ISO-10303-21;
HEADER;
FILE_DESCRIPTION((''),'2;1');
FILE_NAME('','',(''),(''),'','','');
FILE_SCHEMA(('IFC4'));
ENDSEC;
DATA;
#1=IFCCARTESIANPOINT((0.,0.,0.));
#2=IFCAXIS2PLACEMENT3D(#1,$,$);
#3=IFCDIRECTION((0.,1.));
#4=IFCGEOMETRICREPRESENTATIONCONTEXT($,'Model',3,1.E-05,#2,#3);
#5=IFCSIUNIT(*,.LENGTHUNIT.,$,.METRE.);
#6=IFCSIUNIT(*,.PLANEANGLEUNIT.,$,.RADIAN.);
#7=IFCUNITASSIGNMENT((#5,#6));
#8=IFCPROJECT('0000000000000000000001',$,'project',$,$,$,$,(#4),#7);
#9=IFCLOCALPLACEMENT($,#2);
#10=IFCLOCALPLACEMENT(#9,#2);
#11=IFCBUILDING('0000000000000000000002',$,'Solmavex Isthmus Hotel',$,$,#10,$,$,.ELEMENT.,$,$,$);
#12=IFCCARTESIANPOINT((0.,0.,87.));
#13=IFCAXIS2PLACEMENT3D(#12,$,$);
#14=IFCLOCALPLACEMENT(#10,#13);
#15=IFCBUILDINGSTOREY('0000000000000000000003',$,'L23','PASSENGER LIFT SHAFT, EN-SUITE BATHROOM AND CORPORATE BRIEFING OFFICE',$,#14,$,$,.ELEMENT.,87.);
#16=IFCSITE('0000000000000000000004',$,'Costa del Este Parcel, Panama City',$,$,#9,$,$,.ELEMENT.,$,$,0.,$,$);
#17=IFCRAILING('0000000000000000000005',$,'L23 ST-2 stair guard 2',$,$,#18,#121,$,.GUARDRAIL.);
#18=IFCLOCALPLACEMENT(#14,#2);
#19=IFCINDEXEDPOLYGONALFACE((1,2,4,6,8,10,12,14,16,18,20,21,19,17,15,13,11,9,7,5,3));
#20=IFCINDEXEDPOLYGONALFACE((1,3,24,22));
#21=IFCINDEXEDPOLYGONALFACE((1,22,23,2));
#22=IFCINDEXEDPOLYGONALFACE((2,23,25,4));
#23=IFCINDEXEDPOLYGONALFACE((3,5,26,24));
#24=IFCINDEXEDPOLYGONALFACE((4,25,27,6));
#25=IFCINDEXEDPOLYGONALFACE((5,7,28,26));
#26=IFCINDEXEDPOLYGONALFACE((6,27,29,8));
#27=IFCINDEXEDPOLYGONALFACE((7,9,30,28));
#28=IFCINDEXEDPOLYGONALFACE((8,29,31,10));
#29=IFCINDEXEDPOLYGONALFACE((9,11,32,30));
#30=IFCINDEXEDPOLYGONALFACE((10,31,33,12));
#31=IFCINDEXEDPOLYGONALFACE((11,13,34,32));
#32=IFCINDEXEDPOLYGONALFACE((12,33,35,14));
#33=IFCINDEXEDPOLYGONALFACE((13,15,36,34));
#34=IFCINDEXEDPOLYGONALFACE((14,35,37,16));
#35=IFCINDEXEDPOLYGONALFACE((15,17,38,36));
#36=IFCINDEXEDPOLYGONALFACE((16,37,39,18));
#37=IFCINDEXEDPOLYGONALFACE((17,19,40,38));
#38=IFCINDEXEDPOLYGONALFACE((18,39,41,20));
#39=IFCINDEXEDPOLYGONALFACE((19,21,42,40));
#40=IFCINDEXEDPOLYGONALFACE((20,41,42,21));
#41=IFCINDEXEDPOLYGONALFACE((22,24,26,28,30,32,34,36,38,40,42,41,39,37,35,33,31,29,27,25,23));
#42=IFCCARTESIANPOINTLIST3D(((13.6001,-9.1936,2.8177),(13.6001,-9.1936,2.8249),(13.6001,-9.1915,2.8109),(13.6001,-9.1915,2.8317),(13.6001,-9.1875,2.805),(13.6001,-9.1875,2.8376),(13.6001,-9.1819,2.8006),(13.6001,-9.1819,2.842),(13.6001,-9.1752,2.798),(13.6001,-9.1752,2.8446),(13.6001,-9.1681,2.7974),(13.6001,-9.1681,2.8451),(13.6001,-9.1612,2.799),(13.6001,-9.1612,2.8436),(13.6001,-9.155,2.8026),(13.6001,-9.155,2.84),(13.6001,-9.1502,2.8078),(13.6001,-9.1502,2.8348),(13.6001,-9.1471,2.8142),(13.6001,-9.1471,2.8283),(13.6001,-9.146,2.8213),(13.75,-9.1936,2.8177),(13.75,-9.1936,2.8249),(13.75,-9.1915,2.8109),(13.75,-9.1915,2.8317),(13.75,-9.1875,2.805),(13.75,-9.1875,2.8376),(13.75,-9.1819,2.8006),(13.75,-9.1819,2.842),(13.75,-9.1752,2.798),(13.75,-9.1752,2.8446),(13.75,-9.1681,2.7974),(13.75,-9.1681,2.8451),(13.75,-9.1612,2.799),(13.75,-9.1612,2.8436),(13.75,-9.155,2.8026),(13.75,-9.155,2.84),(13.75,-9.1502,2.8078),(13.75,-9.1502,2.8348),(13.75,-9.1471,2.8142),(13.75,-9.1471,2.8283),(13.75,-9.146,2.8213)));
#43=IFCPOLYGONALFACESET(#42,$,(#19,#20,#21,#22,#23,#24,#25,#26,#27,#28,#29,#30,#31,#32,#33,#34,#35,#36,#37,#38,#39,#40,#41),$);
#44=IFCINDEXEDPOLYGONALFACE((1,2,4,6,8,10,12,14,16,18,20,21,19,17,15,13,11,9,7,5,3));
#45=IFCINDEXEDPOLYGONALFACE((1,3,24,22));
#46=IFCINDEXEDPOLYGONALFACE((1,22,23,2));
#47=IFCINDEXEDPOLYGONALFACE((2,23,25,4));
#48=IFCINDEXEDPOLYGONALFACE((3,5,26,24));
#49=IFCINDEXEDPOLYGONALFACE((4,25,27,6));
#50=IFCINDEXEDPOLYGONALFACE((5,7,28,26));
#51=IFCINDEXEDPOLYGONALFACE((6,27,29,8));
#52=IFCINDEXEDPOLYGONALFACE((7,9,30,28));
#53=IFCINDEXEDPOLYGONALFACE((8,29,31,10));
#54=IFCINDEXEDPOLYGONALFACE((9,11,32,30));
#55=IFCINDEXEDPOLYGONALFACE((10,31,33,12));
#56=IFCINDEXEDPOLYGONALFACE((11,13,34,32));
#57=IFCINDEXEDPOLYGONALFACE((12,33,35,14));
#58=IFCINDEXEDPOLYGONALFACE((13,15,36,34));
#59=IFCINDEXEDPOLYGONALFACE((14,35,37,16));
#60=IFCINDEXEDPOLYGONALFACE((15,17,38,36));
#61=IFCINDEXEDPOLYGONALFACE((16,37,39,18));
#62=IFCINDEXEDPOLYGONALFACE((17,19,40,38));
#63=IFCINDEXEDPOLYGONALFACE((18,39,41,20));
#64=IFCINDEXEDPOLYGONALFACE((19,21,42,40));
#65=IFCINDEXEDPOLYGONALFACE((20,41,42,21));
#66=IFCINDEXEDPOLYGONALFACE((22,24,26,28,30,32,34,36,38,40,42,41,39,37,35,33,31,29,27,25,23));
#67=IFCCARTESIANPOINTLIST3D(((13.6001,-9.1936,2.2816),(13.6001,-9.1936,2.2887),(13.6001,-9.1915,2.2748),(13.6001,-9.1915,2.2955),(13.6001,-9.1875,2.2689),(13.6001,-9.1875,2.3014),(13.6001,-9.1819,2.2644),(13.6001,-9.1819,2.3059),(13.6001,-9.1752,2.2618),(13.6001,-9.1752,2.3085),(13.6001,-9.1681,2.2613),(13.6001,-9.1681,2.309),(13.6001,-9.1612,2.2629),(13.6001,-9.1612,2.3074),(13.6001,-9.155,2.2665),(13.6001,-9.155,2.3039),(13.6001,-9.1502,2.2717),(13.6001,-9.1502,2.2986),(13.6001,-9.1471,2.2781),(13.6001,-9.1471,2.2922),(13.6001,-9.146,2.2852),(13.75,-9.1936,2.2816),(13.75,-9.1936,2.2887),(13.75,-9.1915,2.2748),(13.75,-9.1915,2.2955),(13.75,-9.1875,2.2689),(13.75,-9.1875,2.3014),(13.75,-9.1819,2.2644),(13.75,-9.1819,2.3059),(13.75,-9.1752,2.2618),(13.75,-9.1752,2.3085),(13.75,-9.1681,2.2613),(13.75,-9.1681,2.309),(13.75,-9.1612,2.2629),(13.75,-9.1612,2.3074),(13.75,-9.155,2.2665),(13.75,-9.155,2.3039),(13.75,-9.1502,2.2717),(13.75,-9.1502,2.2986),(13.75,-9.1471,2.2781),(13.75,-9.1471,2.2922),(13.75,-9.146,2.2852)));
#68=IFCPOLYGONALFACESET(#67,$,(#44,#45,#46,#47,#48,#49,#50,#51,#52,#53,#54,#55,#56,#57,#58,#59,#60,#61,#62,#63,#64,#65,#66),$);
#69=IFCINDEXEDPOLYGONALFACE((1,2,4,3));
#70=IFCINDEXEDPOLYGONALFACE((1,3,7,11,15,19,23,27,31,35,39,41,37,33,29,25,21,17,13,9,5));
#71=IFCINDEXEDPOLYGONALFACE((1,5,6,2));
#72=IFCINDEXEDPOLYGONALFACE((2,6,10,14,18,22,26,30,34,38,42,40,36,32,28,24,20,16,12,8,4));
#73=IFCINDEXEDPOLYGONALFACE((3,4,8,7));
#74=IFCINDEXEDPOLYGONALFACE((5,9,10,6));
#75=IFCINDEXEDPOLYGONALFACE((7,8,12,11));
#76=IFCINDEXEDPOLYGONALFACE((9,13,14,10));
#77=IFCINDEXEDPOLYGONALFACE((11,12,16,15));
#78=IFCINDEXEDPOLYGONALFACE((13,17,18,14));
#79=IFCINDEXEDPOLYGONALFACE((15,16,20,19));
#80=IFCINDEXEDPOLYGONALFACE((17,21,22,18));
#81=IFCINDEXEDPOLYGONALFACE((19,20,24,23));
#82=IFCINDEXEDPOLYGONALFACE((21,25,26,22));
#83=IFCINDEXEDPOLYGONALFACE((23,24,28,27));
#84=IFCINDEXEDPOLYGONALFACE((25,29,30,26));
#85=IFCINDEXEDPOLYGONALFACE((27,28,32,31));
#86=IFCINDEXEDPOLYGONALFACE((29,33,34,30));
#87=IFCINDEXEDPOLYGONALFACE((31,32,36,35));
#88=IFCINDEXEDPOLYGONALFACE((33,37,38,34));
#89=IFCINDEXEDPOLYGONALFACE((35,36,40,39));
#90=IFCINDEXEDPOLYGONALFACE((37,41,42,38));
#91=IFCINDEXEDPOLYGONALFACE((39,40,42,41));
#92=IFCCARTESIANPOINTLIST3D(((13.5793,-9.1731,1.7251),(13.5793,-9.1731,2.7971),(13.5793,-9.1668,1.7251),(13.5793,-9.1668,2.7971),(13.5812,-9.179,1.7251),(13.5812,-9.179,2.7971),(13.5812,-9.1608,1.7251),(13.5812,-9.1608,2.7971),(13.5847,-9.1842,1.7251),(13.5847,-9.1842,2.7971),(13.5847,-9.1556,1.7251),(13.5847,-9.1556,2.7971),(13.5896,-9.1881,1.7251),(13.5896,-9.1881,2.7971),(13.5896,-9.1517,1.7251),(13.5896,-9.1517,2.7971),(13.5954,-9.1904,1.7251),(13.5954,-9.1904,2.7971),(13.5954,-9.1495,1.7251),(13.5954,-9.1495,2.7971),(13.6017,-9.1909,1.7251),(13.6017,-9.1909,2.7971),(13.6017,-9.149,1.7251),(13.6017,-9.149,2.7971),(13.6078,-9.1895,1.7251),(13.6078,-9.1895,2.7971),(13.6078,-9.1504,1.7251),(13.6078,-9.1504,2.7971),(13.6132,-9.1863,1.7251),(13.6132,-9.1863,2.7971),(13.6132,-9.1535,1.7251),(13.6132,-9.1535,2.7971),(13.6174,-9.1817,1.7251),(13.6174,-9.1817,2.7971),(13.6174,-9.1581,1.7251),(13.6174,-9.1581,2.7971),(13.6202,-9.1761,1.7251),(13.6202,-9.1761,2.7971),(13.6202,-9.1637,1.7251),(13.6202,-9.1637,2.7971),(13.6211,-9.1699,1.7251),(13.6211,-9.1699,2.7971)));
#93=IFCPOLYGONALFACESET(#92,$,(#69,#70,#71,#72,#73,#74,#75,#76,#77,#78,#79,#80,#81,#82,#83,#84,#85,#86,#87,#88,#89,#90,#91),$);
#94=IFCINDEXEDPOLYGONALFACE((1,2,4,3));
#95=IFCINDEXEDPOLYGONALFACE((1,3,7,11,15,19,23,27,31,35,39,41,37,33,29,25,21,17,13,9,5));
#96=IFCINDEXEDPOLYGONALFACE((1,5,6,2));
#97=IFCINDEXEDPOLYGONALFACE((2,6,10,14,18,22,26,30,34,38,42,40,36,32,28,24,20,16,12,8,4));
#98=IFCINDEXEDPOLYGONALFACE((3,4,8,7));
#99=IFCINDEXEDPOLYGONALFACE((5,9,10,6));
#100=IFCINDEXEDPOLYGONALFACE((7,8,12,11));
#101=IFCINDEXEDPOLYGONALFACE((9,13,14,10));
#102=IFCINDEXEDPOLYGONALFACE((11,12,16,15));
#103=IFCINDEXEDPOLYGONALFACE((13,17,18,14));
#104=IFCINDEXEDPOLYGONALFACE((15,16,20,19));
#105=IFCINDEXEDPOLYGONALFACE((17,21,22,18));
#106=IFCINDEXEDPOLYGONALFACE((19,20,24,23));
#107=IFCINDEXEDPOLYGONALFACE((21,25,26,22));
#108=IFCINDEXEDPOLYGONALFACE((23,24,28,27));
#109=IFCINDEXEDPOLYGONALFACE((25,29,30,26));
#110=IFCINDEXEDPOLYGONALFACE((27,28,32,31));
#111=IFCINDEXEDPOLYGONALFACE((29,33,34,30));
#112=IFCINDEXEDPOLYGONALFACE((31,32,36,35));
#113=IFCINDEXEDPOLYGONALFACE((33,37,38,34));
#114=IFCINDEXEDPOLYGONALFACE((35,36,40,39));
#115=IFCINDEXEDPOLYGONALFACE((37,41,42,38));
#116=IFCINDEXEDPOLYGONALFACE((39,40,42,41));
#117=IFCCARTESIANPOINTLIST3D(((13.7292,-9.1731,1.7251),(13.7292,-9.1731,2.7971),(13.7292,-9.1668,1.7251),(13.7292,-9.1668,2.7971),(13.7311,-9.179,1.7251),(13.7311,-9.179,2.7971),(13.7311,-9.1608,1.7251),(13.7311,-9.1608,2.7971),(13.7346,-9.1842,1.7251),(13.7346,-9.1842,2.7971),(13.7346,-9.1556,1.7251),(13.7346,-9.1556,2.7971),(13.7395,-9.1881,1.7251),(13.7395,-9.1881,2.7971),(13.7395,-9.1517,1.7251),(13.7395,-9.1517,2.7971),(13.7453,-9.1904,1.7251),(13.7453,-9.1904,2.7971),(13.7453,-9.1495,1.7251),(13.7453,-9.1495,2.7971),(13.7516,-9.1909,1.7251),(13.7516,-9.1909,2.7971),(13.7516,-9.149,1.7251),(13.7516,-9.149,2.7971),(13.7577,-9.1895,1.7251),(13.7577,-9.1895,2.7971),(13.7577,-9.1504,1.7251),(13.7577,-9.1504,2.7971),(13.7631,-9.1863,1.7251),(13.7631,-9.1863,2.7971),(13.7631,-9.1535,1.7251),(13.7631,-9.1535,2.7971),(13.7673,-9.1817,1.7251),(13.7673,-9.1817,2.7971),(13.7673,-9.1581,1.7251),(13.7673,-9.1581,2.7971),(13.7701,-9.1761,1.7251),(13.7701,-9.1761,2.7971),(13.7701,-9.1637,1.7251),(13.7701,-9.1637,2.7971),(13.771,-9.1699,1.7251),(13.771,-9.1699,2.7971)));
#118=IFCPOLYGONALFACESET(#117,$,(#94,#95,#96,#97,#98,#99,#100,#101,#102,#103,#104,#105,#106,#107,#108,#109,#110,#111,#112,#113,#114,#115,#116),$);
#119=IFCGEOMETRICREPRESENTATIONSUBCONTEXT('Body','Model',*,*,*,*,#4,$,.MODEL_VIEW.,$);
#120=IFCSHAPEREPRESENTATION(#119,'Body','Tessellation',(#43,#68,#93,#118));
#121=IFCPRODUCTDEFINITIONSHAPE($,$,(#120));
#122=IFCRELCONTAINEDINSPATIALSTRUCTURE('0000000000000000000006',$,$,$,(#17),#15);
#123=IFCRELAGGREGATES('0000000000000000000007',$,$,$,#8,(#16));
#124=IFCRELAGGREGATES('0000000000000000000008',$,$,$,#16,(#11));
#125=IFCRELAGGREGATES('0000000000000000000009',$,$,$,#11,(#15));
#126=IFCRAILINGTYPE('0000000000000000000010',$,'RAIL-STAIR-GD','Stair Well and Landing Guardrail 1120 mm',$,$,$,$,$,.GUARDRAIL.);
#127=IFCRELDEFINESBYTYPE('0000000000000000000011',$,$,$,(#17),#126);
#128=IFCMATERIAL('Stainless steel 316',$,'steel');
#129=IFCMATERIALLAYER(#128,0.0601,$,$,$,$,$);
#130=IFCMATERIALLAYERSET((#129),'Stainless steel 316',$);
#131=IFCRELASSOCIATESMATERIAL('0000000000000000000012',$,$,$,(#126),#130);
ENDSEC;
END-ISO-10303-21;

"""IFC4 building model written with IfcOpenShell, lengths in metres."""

from ifc_helpers import new_model, si_unit, direction, frame, origin, origin_2d, place, context, subcontext, project, spatial, circle, extrude, material, layer, layer_set, type_object, element, save


model = new_model("IFC4")

# Units and contexts
model_context = context("Model", 3, precision=1e-05, world=origin(), true_north=direction((0.0, 1.0)))
body_context = subcontext(model_context, "Body", "Model", "MODEL_VIEW")
ifc_project = project(units=[si_unit("LENGTHUNIT", "METRE"), si_unit("PLANEANGLEUNIT", "RADIAN")], contexts=[model_context])

# Site, building, storey
site_placement = place(None, origin())
site = spatial("IfcSite", under=ifc_project, at=site_placement, Name="Costa del Este Parcel, Panama City", CompositionType="ELEMENT", RefElevation=0.0)
building_placement = place(site_placement, origin())
building = spatial("IfcBuilding", under=site, at=building_placement, Name="Solmavex Isthmus Hotel", CompositionType="ELEMENT")
storey_placement = place(building_placement, frame((0.0, 0.0, 87.0)))
storey = spatial("IfcBuildingStorey", under=building, at=storey_placement, Name="L23", Description="PASSENGER LIFT SHAFT, EN-SUITE BATHROOM AND CORPORATE BRIEFING OFFICE", CompositionType="ELEMENT", Elevation=87.0)

# Railing
ifc_material_1 = material(Name="Stainless steel 316", Category="steel")
ifc_layer_1 = layer(ifc_material_1, 0.0601)
ifc_layer_set_1 = layer_set([ifc_layer_1], Name="Stainless steel 316")
railing_type_1 = type_object("IfcRailingType", Name="RAIL-STAIR-GD", Description="Stair Well and Landing Guardrail 1120 mm", PredefinedType="GUARDRAIL", material=ifc_layer_set_1)
railing_1_placement = place(storey_placement, frame((13.6001, -9.1699, 1.7251)))
element("IfcRailing", 1, at=railing_1_placement, inside=storey, type_object=railing_type_1, Name="L23 ST-2 stair guard 2", PredefinedType="GUARDRAIL", context=body_context, shape_type="SweptSolid", body=[
    extrude(circle(Radius=0.0239, at=origin_2d()), frame((0.0, 0.0, 1.0962), z_axis=(1.0, 0.0, 0.0), x_axis=(0.0, 1.0, 0.0)), (0.0, 0.0, 1.0), 0.1499),
    extrude(circle(Radius=0.0239, at=origin_2d()), frame((0.0, 0.0, 0.5601), z_axis=(1.0, 0.0, 0.0), x_axis=(0.0, 1.0, 0.0)), (0.0, 0.0, 1.0), 0.1499),
    extrude(circle(Radius=0.021, at=origin_2d()), origin(), (0.0, 0.0, 1.0), 1.072),
    extrude(circle(Radius=0.021, at=origin_2d()), frame((0.1499, 0.0, 0.0)), (0.0, 0.0, 1.0), 1.072),
])

save(model, "model.ifc")
